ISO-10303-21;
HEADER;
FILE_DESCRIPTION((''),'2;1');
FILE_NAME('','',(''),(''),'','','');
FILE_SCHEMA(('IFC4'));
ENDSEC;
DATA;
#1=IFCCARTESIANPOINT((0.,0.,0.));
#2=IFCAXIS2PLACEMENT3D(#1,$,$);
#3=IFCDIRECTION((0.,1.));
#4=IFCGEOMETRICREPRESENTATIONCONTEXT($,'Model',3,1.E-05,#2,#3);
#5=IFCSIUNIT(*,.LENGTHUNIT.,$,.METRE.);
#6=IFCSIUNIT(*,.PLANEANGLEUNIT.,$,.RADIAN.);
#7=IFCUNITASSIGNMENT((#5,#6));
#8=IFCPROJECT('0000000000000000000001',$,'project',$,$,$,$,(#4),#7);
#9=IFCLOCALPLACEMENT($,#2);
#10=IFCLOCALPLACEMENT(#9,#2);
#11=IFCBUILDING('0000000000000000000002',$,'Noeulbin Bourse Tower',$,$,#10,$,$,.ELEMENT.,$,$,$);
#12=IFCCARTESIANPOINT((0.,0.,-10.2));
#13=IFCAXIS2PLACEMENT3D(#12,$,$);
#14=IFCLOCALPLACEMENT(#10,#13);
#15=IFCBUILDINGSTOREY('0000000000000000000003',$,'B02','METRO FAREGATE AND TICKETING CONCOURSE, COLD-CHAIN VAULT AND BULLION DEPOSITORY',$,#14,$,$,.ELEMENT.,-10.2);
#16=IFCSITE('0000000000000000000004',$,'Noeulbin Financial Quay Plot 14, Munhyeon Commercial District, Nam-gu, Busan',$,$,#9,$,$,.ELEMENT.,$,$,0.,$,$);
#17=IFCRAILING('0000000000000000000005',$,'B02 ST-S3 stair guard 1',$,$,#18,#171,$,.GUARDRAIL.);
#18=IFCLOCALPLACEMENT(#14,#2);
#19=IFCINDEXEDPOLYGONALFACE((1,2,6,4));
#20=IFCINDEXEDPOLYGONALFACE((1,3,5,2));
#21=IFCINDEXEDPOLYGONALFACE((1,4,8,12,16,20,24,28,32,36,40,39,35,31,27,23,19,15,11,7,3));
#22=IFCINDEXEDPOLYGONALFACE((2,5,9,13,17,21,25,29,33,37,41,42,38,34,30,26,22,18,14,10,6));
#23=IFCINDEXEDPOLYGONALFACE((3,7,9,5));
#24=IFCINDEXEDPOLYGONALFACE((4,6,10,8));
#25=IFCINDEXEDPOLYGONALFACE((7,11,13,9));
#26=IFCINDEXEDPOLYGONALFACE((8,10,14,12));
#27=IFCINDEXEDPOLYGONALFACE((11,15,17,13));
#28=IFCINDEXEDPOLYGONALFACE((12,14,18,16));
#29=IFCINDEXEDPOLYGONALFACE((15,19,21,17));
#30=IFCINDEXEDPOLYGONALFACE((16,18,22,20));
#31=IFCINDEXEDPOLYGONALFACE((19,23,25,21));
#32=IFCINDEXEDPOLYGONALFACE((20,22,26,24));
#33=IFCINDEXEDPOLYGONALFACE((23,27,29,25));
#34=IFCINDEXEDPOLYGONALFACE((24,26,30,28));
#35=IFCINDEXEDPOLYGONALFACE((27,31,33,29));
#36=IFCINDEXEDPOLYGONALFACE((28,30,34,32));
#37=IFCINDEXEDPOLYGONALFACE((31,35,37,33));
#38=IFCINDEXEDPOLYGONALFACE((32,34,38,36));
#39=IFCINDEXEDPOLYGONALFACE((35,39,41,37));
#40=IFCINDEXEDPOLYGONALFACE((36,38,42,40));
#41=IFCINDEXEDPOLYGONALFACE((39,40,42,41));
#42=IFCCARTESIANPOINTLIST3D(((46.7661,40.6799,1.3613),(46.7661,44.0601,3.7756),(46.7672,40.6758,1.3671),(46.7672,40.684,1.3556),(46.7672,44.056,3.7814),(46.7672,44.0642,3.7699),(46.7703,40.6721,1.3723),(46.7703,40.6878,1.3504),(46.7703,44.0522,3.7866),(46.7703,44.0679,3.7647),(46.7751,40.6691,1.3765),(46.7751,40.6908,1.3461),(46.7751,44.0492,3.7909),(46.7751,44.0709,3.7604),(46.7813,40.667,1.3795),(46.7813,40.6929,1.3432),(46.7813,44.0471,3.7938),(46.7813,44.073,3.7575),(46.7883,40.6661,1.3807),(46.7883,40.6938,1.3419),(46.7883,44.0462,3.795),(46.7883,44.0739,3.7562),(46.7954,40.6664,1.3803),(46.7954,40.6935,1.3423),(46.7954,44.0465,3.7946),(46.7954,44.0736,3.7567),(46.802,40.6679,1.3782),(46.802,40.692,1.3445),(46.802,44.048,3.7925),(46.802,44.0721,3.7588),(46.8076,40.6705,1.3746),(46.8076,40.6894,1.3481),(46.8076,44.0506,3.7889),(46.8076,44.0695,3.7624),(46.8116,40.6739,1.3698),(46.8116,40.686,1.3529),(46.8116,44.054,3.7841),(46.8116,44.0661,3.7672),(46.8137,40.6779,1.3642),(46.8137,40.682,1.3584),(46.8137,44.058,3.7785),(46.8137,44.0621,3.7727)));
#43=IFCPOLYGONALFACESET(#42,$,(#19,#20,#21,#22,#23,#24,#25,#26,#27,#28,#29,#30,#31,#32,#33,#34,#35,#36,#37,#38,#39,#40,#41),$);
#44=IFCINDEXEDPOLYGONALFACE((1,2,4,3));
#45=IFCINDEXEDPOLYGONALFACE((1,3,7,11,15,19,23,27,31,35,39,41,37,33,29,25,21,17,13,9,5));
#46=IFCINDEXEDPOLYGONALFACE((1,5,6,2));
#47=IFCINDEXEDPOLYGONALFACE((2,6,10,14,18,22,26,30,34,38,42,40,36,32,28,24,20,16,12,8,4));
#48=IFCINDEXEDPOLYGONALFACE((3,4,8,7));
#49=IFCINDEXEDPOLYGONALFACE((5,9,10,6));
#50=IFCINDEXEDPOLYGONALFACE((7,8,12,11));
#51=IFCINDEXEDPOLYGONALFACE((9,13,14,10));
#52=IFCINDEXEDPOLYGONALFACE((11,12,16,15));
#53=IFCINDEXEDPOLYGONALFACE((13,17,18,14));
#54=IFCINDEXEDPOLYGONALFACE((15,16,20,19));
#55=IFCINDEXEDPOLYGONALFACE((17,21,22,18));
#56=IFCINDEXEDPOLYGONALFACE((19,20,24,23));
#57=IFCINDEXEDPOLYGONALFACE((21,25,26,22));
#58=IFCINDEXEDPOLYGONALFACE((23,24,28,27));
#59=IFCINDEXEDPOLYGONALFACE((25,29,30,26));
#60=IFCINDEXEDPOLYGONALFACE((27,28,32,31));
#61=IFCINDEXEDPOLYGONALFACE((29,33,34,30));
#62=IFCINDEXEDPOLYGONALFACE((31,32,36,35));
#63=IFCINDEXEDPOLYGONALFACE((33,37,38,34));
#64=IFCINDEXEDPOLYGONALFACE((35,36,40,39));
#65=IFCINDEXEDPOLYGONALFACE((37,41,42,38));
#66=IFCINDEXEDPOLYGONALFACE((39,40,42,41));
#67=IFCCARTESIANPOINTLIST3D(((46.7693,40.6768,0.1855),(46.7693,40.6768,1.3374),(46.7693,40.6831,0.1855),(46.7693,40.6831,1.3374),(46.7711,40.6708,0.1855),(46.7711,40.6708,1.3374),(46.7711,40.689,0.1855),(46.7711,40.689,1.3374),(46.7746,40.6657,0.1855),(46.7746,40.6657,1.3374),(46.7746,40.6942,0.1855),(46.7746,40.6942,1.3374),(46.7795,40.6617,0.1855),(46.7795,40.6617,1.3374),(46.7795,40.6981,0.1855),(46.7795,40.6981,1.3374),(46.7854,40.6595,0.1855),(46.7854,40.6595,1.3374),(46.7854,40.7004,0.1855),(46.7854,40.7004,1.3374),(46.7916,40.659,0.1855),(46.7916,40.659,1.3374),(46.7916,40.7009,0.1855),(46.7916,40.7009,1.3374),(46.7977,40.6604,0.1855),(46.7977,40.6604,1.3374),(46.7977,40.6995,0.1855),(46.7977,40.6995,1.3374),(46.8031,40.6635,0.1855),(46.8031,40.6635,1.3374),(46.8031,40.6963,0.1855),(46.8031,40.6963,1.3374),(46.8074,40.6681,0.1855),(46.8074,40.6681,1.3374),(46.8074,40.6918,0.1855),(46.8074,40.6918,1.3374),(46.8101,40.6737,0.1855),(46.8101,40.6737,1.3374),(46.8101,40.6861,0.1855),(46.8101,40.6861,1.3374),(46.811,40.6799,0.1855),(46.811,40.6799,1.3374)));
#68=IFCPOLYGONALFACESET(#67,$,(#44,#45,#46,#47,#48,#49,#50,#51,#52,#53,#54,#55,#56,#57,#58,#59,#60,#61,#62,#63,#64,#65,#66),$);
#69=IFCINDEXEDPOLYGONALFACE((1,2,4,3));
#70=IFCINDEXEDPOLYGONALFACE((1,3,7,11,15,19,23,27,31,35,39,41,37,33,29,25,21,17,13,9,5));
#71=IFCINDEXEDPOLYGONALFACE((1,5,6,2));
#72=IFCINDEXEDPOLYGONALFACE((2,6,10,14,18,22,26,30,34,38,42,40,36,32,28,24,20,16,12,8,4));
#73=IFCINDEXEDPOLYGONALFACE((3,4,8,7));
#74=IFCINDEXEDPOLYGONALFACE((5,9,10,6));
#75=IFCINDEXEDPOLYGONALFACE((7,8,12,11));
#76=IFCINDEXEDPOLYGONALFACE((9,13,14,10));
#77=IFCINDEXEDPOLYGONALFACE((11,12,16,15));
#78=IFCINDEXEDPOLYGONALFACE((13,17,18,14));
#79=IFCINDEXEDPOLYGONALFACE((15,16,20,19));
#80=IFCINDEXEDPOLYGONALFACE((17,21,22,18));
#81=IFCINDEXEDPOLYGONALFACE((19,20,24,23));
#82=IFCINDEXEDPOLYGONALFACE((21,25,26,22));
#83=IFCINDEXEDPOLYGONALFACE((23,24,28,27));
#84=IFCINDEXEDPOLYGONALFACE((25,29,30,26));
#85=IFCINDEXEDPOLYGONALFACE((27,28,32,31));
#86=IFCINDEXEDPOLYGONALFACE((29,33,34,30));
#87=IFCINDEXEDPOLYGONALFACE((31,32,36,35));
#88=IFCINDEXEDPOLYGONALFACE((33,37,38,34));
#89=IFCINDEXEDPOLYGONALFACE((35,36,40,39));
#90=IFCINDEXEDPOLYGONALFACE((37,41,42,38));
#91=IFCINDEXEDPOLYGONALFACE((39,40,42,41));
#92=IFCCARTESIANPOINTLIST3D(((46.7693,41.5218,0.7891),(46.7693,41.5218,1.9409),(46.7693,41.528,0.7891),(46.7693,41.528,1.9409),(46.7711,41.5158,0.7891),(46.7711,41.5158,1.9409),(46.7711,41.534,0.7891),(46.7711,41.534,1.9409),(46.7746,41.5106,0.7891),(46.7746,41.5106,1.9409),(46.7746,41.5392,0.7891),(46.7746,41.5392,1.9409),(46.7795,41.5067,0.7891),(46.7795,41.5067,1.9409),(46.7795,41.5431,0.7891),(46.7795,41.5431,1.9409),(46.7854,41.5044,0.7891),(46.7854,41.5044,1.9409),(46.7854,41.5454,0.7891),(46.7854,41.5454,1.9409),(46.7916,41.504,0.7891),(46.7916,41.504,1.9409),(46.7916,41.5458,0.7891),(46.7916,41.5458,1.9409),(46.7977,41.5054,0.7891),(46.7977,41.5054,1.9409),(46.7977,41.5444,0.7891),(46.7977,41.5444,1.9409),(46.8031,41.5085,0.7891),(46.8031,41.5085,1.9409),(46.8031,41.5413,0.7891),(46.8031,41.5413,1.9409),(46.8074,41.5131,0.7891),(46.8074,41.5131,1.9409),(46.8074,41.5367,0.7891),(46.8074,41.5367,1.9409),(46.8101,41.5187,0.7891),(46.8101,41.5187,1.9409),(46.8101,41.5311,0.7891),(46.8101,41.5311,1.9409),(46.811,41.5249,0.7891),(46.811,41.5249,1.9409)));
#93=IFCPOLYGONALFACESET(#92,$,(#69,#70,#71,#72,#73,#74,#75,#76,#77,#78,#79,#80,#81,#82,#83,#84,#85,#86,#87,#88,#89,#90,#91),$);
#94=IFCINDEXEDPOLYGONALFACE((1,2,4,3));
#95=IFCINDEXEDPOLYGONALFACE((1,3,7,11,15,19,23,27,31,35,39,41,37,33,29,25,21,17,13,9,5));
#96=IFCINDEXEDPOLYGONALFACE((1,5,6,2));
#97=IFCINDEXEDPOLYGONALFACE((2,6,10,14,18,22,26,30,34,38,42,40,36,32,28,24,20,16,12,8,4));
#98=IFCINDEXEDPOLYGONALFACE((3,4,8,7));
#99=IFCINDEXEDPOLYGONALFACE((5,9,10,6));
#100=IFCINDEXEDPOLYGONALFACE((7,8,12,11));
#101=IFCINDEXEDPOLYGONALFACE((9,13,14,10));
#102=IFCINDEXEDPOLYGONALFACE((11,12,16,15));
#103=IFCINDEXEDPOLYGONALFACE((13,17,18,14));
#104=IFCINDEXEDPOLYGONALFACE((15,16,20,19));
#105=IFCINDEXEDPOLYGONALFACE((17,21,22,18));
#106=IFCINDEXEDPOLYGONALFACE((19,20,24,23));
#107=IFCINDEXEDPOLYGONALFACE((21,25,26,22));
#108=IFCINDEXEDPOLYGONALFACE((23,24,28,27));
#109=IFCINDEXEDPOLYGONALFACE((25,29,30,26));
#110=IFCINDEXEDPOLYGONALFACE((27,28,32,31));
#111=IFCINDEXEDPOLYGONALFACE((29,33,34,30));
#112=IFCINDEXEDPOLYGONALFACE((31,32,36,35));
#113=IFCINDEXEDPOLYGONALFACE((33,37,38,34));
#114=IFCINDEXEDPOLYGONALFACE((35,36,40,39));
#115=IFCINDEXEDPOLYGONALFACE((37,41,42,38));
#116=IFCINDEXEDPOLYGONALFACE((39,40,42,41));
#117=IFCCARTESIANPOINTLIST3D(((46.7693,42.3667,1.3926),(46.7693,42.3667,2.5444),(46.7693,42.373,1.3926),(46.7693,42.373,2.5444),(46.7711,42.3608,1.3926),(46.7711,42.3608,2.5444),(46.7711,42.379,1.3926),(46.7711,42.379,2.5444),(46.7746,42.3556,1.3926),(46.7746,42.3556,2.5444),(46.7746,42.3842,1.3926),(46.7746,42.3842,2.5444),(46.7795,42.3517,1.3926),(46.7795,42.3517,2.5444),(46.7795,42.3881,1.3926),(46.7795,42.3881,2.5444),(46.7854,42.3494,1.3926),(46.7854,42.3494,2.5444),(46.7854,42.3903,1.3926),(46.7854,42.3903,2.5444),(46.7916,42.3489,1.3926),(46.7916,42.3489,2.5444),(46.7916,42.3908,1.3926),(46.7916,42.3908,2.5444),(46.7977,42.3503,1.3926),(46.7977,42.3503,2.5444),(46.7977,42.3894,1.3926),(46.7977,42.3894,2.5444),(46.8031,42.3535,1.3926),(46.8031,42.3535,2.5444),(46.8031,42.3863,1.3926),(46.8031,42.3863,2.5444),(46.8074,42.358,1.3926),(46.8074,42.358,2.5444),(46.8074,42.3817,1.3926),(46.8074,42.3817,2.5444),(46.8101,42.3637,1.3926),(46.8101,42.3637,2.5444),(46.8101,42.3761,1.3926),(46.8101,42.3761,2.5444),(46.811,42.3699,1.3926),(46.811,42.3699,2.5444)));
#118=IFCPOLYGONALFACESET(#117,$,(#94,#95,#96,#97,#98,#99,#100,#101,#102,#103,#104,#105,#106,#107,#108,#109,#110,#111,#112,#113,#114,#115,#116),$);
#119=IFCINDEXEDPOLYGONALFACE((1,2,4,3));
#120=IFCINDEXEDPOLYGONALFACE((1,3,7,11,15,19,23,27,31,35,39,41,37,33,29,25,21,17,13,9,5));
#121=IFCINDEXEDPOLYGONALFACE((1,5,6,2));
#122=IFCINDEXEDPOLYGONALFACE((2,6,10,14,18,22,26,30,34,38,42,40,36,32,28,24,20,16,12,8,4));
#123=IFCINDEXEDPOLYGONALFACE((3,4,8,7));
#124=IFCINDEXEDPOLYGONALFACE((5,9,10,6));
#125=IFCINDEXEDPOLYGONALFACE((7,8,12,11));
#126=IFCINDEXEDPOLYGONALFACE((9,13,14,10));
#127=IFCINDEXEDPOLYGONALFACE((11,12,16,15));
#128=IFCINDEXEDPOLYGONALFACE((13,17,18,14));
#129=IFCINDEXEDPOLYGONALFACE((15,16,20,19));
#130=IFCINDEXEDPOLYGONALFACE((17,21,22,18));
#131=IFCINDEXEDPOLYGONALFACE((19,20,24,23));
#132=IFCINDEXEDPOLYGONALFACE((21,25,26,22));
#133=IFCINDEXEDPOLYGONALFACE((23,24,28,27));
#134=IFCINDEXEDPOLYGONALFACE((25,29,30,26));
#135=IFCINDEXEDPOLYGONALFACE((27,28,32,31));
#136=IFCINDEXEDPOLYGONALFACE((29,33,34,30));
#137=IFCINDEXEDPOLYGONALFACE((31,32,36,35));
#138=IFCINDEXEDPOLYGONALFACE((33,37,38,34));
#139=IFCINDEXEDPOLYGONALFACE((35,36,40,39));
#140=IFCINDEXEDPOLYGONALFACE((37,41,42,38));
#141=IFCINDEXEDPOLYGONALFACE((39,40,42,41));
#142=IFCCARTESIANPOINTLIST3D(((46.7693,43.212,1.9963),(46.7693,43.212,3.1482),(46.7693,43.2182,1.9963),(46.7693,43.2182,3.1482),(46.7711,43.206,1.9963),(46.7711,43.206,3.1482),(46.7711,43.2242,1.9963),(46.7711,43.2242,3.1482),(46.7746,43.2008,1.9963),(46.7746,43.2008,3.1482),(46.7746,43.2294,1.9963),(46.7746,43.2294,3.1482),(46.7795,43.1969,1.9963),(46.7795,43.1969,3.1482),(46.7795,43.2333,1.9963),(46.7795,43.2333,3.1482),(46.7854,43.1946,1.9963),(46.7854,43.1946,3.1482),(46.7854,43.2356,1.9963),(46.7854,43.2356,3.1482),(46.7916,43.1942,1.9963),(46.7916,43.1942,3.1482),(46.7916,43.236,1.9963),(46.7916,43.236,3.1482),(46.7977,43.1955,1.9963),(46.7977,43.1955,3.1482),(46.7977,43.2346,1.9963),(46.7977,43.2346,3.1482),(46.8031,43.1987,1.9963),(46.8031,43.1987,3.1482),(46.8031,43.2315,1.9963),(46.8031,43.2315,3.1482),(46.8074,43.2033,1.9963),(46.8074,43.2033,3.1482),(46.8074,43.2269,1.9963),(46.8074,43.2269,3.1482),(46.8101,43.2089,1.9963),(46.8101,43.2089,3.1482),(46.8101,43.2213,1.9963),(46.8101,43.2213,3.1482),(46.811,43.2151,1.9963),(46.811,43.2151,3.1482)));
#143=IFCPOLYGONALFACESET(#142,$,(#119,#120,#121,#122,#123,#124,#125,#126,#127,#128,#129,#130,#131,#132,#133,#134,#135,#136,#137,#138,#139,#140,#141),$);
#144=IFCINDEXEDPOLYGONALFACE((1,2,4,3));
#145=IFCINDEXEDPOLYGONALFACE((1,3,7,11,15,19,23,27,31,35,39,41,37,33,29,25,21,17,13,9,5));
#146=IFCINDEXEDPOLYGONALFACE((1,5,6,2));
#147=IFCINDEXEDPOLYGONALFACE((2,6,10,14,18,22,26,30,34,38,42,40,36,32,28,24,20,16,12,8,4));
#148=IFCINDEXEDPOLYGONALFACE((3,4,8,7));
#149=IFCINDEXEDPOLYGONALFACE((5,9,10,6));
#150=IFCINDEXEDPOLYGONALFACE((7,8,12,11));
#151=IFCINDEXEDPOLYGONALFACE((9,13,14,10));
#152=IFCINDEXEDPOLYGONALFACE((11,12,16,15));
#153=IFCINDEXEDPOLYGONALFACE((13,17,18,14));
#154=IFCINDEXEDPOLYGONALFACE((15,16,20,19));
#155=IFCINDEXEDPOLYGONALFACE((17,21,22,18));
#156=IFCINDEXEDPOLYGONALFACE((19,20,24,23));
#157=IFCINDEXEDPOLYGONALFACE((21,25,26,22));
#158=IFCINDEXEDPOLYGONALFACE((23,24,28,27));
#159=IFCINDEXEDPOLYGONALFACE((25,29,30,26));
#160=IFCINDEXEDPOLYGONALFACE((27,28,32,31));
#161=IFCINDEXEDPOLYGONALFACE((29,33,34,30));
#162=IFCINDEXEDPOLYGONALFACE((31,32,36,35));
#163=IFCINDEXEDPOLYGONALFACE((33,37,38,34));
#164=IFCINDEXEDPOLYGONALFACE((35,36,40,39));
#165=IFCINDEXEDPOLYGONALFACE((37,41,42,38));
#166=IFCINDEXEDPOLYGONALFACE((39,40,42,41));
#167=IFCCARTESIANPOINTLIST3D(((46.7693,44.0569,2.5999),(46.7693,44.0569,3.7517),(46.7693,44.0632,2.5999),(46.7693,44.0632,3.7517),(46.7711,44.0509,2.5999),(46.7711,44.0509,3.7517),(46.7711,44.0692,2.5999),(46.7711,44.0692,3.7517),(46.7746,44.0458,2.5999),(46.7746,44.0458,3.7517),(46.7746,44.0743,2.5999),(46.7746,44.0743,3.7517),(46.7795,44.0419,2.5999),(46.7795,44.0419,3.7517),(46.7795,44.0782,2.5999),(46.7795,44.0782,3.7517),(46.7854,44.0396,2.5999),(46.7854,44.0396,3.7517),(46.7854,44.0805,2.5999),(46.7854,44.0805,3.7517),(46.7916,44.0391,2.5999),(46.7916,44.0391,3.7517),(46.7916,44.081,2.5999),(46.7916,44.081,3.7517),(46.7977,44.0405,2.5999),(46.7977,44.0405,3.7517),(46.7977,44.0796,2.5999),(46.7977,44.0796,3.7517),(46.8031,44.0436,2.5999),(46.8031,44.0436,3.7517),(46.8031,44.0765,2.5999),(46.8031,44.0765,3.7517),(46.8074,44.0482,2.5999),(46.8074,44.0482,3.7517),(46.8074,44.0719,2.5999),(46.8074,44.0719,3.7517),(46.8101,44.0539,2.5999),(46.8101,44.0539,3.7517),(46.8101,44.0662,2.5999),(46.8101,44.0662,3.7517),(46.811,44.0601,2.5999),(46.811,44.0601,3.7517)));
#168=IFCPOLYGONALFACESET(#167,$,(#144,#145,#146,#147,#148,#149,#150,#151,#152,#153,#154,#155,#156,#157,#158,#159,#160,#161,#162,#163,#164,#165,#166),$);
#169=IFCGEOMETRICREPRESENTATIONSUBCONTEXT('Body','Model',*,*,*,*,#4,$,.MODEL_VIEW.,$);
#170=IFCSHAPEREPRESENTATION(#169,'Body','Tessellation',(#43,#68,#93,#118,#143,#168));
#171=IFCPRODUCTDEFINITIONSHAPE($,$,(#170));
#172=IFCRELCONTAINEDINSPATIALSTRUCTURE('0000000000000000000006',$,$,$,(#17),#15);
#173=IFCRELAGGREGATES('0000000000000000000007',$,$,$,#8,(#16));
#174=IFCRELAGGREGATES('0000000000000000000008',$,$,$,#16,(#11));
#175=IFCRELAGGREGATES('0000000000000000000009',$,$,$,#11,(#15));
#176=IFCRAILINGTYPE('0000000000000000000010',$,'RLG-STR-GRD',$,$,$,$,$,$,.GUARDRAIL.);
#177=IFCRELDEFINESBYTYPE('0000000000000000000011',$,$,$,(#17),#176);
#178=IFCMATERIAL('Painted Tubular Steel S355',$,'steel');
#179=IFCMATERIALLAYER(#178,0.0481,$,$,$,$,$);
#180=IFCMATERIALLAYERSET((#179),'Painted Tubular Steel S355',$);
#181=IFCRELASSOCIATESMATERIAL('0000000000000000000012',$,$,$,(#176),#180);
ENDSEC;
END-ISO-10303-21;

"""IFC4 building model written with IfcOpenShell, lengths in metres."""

from ifc_helpers import new_model, si_unit, direction, frame, origin, origin_2d, place, context, subcontext, project, spatial, circle, extrude, material, layer, layer_set, type_object, element, save


model = new_model("IFC4")

# Units and contexts
model_context = context("Model", 3, precision=1e-05, world=origin(), true_north=direction((0.0, 1.0)))
body_context = subcontext(model_context, "Body", "Model", "MODEL_VIEW")
ifc_project = project(units=[si_unit("LENGTHUNIT", "METRE"), si_unit("PLANEANGLEUNIT", "RADIAN")], contexts=[model_context])

# Site, building, storey
site_placement = place(None, origin())
site = spatial("IfcSite", under=ifc_project, at=site_placement, Name="Noeulbin Financial Quay Plot 14, Munhyeon Commercial District, Nam-gu, Busan", CompositionType="ELEMENT", RefElevation=0.0)
building_placement = place(site_placement, origin())
building = spatial("IfcBuilding", under=site, at=building_placement, Name="Noeulbin Bourse Tower", CompositionType="ELEMENT")
storey_placement = place(building_placement, frame((0.0, 0.0, -10.2)))
storey = spatial("IfcBuildingStorey", under=building, at=storey_placement, Name="B02", Description="METRO FAREGATE AND TICKETING CONCOURSE, COLD-CHAIN VAULT AND BULLION DEPOSITORY", CompositionType="ELEMENT", Elevation=-10.2)

# Railing
ifc_material_1 = material(Name="Painted Tubular Steel S355", Category="steel")
ifc_layer_1 = layer(ifc_material_1, 0.0481)
ifc_layer_set_1 = layer_set([ifc_layer_1], Name="Painted Tubular Steel S355")
railing_type_1 = type_object("IfcRailingType", Name="RLG-STR-GRD", PredefinedType="GUARDRAIL", material=ifc_layer_set_1)
railing_1_placement = place(storey_placement, frame((46.79, 40.6799, 0.1855)))
element("IfcRailing", 1, at=railing_1_placement, inside=storey, type_object=railing_type_1, Name="B02 ST-S3 stair guard 1", PredefinedType="GUARDRAIL", context=body_context, shape_type="SweptSolid", body=[
    extrude(circle(Radius=0.0239, at=origin_2d()), frame((0.0, 0.0, 1.1758), z_axis=(0.0, 0.813741, 0.581227), x_axis=(-1.0, 0.0, 0.0)), (0.0, 0.0, 1.0), 4.1538),
    extrude(circle(Radius=0.021, at=origin_2d()), origin(), (0.0, 0.0, 1.0), 1.1519),
    extrude(circle(Radius=0.021, at=origin_2d()), frame((0.0, 0.845, 0.6035)), (0.0, 0.0, 1.0), 1.1519),
    extrude(circle(Radius=0.021, at=origin_2d()), frame((0.0, 1.6899, 1.207)), (0.0, 0.0, 1.0), 1.1519),
    extrude(circle(Radius=0.021, at=origin_2d()), frame((0.0, 2.5352, 1.8108)), (0.0, 0.0, 1.0), 1.1519),
    extrude(circle(Radius=0.021, at=origin_2d()), frame((0.0, 3.3801, 2.4143)), (0.0, 0.0, 1.0), 1.1519),
])

save(model, "model.ifc")
